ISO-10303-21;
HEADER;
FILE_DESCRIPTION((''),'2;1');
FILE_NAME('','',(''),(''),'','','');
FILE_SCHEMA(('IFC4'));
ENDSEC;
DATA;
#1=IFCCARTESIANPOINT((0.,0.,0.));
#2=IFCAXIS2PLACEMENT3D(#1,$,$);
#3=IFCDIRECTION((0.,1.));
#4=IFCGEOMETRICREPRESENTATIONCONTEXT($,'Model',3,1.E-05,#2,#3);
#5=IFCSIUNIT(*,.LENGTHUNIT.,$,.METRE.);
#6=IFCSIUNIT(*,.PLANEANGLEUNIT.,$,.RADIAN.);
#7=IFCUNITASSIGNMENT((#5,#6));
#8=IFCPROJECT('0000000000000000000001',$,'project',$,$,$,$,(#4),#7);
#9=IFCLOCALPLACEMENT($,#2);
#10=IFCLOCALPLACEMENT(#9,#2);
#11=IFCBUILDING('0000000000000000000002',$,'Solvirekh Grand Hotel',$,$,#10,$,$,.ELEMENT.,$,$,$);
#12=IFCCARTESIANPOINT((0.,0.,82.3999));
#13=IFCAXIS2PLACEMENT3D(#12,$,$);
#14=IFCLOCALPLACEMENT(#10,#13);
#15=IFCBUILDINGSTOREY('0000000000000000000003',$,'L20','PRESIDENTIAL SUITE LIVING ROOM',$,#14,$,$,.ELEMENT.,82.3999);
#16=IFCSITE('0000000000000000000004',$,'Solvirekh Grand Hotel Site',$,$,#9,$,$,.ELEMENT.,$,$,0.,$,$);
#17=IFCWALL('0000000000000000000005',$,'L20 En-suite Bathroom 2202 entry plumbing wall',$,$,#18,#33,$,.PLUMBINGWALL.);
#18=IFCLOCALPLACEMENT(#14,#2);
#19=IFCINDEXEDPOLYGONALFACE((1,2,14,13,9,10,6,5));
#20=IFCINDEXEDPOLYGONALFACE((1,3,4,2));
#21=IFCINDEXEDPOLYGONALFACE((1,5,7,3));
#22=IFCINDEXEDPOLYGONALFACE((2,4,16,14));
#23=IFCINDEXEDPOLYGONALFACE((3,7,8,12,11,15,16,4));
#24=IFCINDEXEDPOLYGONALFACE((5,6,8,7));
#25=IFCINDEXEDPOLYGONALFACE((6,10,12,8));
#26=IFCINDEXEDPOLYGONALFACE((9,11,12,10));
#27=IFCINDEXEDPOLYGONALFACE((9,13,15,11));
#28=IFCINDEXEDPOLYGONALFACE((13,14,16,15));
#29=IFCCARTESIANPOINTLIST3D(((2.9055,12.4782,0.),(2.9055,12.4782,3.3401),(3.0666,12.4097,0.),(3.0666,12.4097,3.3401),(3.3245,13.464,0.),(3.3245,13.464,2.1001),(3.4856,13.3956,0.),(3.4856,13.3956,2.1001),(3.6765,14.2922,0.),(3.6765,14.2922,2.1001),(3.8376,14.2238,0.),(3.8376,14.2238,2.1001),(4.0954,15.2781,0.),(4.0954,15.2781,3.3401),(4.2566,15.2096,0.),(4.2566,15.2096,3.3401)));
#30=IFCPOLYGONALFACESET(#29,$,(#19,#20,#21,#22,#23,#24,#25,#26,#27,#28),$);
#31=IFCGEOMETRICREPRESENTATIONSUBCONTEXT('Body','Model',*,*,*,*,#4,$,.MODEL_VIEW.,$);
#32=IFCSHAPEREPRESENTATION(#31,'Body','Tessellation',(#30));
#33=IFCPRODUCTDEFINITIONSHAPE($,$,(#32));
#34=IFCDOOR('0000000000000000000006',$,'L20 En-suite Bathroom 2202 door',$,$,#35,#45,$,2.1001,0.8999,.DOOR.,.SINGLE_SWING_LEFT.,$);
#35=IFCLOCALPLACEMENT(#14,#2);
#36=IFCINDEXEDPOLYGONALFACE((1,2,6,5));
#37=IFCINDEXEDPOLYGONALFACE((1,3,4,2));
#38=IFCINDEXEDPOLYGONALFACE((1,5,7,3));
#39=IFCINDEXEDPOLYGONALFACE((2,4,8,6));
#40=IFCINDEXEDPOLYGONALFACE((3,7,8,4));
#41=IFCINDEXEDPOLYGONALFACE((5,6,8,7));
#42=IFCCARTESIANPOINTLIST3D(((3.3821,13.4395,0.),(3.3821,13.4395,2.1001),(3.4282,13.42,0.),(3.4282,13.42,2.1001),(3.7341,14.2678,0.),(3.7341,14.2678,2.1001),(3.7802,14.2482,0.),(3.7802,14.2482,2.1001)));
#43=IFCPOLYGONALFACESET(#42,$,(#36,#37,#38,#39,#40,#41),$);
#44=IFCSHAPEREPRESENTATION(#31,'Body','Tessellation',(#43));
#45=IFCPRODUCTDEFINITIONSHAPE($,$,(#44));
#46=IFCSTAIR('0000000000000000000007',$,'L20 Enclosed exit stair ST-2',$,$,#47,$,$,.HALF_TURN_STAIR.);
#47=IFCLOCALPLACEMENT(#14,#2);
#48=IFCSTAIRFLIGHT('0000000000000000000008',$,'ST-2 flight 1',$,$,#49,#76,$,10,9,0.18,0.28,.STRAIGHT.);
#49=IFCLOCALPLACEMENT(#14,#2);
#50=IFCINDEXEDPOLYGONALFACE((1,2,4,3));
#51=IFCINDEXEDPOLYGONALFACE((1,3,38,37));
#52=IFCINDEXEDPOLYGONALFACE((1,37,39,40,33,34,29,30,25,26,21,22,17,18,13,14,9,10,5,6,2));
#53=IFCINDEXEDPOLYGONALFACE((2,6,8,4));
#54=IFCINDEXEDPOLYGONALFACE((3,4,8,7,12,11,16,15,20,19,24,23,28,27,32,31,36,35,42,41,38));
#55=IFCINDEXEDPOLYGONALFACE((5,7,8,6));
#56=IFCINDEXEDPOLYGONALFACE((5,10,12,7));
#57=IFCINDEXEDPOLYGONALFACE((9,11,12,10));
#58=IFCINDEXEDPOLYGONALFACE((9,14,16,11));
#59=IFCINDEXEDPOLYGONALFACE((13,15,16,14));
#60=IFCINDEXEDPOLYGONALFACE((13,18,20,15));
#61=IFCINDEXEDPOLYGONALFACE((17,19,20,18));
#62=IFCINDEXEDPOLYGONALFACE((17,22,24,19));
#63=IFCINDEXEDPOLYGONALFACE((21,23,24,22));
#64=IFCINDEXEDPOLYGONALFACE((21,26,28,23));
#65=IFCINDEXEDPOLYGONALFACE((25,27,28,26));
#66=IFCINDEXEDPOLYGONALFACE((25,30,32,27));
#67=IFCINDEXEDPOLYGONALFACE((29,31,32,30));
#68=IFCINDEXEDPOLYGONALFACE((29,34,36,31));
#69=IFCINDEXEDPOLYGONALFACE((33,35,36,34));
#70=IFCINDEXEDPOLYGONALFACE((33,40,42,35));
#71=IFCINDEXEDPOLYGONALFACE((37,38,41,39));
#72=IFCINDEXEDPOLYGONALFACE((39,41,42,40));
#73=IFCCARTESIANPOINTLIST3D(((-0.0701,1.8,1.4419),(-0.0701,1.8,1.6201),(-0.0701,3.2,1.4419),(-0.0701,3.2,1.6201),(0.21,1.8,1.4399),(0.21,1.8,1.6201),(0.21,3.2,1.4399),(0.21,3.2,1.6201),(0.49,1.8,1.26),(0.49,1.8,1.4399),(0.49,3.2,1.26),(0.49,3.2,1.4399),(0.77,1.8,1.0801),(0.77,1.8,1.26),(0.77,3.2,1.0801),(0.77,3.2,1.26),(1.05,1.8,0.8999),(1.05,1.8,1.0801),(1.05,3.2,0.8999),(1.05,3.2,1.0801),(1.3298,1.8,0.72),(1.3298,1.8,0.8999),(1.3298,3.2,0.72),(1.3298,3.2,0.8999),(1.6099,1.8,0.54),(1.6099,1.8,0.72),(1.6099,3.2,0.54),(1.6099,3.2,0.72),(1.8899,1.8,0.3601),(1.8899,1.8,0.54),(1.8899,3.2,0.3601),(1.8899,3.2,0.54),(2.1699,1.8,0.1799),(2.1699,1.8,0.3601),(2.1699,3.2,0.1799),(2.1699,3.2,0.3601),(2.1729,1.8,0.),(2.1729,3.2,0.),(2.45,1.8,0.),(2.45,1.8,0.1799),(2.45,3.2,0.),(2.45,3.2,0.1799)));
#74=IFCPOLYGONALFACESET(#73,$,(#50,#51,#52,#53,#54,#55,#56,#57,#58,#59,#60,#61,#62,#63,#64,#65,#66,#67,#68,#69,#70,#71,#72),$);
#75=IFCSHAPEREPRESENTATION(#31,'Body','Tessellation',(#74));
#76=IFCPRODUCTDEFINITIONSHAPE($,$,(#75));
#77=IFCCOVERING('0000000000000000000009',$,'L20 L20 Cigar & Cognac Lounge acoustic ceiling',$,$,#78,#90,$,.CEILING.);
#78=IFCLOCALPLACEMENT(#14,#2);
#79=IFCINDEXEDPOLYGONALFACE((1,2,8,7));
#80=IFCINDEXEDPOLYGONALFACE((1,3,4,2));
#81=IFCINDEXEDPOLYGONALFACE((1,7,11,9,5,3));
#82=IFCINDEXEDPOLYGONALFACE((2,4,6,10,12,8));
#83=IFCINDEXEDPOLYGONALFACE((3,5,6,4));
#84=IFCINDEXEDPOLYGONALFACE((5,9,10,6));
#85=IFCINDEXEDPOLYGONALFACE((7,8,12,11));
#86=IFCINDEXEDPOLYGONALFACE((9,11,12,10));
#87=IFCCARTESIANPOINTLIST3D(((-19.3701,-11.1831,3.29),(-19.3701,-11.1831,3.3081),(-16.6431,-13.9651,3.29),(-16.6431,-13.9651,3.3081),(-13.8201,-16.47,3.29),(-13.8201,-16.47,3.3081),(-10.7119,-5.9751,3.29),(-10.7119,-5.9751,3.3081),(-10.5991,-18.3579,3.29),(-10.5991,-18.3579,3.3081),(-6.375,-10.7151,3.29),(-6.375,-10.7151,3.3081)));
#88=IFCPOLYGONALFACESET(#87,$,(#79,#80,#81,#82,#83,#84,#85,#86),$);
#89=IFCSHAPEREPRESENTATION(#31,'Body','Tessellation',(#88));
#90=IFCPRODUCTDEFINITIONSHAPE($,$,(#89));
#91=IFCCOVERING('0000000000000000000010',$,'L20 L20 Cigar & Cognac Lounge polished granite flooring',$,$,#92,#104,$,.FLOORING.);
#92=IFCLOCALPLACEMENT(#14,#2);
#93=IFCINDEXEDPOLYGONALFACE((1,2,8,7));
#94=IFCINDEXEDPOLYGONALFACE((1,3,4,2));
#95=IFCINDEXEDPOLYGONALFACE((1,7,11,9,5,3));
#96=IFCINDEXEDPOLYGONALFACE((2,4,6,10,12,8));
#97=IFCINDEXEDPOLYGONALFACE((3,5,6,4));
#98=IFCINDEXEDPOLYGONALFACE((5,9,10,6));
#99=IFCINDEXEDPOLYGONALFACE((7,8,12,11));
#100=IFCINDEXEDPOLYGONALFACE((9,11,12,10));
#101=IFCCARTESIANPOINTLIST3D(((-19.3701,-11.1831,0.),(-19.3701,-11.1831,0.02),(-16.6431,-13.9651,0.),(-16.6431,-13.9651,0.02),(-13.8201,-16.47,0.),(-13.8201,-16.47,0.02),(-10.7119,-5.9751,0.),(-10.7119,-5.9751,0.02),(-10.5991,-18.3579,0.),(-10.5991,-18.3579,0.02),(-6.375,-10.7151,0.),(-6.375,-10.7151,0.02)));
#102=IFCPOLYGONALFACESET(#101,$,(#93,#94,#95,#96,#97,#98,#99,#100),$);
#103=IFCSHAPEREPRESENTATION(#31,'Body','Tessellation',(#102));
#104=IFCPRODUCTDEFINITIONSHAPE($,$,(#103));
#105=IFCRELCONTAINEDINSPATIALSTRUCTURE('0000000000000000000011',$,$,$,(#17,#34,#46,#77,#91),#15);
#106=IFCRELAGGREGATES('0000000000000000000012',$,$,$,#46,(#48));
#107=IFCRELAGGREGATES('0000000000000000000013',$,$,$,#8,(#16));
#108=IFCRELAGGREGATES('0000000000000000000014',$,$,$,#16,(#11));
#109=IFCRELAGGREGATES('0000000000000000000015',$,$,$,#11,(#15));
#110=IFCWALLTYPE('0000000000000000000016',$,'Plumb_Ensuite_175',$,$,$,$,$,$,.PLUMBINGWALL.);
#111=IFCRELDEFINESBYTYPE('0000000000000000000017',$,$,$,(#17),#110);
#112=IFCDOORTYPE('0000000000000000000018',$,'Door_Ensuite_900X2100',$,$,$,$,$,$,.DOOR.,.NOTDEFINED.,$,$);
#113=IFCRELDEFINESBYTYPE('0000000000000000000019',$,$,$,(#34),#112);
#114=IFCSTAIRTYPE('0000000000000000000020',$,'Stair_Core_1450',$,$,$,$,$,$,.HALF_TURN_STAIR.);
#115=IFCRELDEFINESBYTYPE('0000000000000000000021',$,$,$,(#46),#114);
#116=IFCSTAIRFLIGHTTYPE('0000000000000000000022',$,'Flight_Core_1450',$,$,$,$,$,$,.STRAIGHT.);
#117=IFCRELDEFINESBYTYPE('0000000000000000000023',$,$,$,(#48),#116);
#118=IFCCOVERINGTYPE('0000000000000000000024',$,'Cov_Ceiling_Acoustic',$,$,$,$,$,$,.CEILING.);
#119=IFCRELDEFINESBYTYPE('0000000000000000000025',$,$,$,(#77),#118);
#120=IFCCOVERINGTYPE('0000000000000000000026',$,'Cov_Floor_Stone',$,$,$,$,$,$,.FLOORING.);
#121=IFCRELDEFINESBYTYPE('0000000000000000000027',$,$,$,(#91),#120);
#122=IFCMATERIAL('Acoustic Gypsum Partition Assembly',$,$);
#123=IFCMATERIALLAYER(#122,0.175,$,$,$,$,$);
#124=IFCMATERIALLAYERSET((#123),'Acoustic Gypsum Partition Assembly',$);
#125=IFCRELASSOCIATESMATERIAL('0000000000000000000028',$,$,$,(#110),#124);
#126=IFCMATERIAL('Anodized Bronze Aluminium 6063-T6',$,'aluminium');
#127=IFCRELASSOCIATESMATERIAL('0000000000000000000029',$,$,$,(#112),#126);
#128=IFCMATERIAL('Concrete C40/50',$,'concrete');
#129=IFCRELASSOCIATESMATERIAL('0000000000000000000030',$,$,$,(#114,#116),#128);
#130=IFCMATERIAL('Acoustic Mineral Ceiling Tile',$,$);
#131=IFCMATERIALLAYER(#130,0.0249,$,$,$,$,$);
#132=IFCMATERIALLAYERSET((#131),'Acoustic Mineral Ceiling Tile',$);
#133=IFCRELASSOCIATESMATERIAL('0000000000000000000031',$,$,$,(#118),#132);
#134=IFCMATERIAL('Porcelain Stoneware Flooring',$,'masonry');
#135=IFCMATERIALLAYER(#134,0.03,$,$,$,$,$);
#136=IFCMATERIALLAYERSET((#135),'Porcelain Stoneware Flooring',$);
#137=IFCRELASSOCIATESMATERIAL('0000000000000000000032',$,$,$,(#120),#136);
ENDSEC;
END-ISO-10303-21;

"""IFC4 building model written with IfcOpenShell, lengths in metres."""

from ifc_helpers import new_model, si_unit, direction, frame, frame_2d, origin, place, context, subcontext, project, spatial, polyline, rectangle, outline, extrude, material, layer, layer_set, type_object, element, fill, aggregate, save


model = new_model("IFC4")

# Units and contexts
model_context = context("Model", 3, precision=1e-05, world=origin(), true_north=direction((0.0, 1.0)))
body_context = subcontext(model_context, "Body", "Model", "MODEL_VIEW")
ifc_project = project(units=[si_unit("LENGTHUNIT", "METRE"), si_unit("PLANEANGLEUNIT", "RADIAN")], contexts=[model_context])

# Site, building, storey
site_placement = place(None, origin())
site = spatial("IfcSite", under=ifc_project, at=site_placement, Name="Solvirekh Grand Hotel Site", CompositionType="ELEMENT", RefElevation=0.0)
building_placement = place(site_placement, origin())
building = spatial("IfcBuilding", under=site, at=building_placement, Name="Solvirekh Grand Hotel", CompositionType="ELEMENT")
storey_placement = place(building_placement, frame((0.0, 0.0, 82.3999)))
storey = spatial("IfcBuildingStorey", under=building, at=storey_placement, Name="L20", Description="PRESIDENTIAL SUITE LIVING ROOM", CompositionType="ELEMENT", Elevation=82.3999)

# Shared definitions
ifc_material_1 = material(Name="Concrete C40/50", Category="concrete")

# Shared definitions
ifc_material_2 = material(Name="Acoustic Gypsum Partition Assembly")

# Shared definitions
ifc_layer_1 = layer(ifc_material_2, 0.175)
ifc_layer_set_1 = layer_set([ifc_layer_1], Name="Acoustic Gypsum Partition Assembly")
wall_type_1 = type_object("IfcWallType", Name="Plumb_Ensuite_175", PredefinedType="PLUMBINGWALL", material=ifc_layer_set_1)

# Wall, opening, door
wall_1_placement = place(storey_placement, frame((2.9861, 12.4441, 0.0), z_axis=(0.0, 0.0, 1.0), x_axis=(0.391147, 0.920328, 0.0)))
wall_1 = element("IfcWall", 1, at=wall_1_placement, inside=storey, type_object=wall_type_1, Name="L20 En-suite Bathroom 2202 entry plumbing wall", PredefinedType="PLUMBINGWALL", context=body_context, shape_type="SweptSolid", body=[
    extrude(rectangle(XDim=3.0422, YDim=0.175, at=frame_2d((1.521, 0.0))), origin(), (0.0, 0.0, 1.0), 3.3401),
])
opening_1_placement = place(wall_1_placement, frame((1.071, 0.0, 0.0)))
opening_1 = element("IfcOpeningElement", 2, at=opening_1_placement, cuts=wall_1, PredefinedType="OPENING", context=body_context, shape_type="SweptSolid", body=[
    extrude(rectangle(XDim=0.8999, YDim=2.1001, at=frame_2d((0.45, 1.05))), frame((0.0, 0.0977, 0.0), z_axis=(0.0, -1.0, 0.0), x_axis=(1.0, 0.0, 0.0)), (0.0, 0.0, 1.0), 0.1951),
])
ifc_material_3 = material(Name="Anodized Bronze Aluminium 6063-T6", Category="aluminium")
door_type_1 = type_object("IfcDoorType", Name="Door_Ensuite_900X2100", OperationType="NOTDEFINED", PredefinedType="DOOR", material=ifc_material_3)
door_1_placement = place(opening_1_placement, origin())
door_1 = element("IfcDoor", 3, at=door_1_placement, inside=storey, type_object=door_type_1, Name="L20 En-suite Bathroom 2202 door", OperationType="SINGLE_SWING_LEFT", OverallHeight=2.1001, OverallWidth=0.8999, PredefinedType="DOOR", context=body_context, shape_type="SweptSolid", body=[
    extrude(rectangle(XDim=0.8999, YDim=2.1001, at=frame_2d((0.45, 1.05))), frame((0.0, 0.0249, 0.0), z_axis=(0.0, -1.0, 0.0), x_axis=(1.0, 0.0, 0.0)), (0.0, 0.0, 1.0), 0.05),
])
fill(opening_1, door_1)

# Stair, stair flight
stair_type = type_object("IfcStairType", Name="Stair_Core_1450", PredefinedType="HALF_TURN_STAIR", material=ifc_material_1)
stair_placement = place(storey_placement, origin())
stair = element("IfcStair", 4, at=stair_placement, inside=storey, type_object=stair_type, Name="L20 Enclosed exit stair ST-2", PredefinedType="HALF_TURN_STAIR")
stair_flight_type = type_object("IfcStairFlightType", Name="Flight_Core_1450", PredefinedType="STRAIGHT", material=ifc_material_1)
stair_flight_placement = place(storey_placement, frame((2.45, 2.5, 0.0), z_axis=(0.0, 0.0, 1.0), x_axis=(-1.0, 0.0, 0.0)))
stair_flight = element("IfcStairFlight", 5, at=stair_flight_placement, type_object=stair_flight_type, Name="ST-2 flight 1", NumberOfRisers=10, NumberOfTreads=9, PredefinedType="STRAIGHT", RiserHeight=0.18, TreadLength=0.28, context=body_context, shape_type="SweptSolid", body=[
    extrude(outline(polyline([(0.0, 0.0), (0.0, 0.1799), (0.28, 0.1799), (0.28, 0.3601), (0.5601, 0.3601), (0.5601, 0.54), (0.8401, 0.54), (0.8401, 0.72), (1.1201, 0.72), (1.1201, 0.8999), (1.3999, 0.8999), (1.3999, 1.0801), (1.6799, 1.0801), (1.6799, 1.26), (1.96, 1.26), (1.96, 1.4399), (2.24, 1.4399), (2.24, 1.6201), (2.52, 1.6201), (2.52, 1.8), (2.52, 1.4419), (0.2771, 0.0), (0.0, 0.0)])), frame((0.0, 0.7, 0.0), z_axis=(0.0, -1.0, 0.0), x_axis=(1.0, 0.0, 0.0)), (0.0, 0.0, 1.0), 1.3999),
])
aggregate(stair, [stair_flight])

# Coverings
ifc_material_4 = material(Name="Acoustic Mineral Ceiling Tile")
ifc_layer_2 = layer(ifc_material_4, 0.0249)
ifc_layer_set_2 = layer_set([ifc_layer_2], Name="Acoustic Mineral Ceiling Tile")
covering_type_1 = type_object("IfcCoveringType", Name="Cov_Ceiling_Acoustic", PredefinedType="CEILING", material=ifc_layer_set_2)
covering_1_placement = place(storey_placement, frame((0.0, 0.0, 3.29)))
element("IfcCovering", 6, at=covering_1_placement, inside=storey, type_object=covering_type_1, Name="L20 L20 Cigar & Cognac Lounge acoustic ceiling", PredefinedType="CEILING", context=body_context, shape_type="SweptSolid", body=[
    extrude(outline(polyline([(-19.3701, -11.1831), (-16.6431, -13.9651), (-13.8201, -16.47), (-10.5991, -18.3579), (-6.375, -10.7151), (-10.7119, -5.9751), (-19.3701, -11.1831)])), origin(), (0.0, 0.0, 1.0), 0.0181),
])
ifc_material_5 = material(Name="Porcelain Stoneware Flooring", Category="masonry")
ifc_layer_3 = layer(ifc_material_5, 0.03)
ifc_layer_set_3 = layer_set([ifc_layer_3], Name="Porcelain Stoneware Flooring")
covering_type_2 = type_object("IfcCoveringType", Name="Cov_Floor_Stone", PredefinedType="FLOORING", material=ifc_layer_set_3)
covering_2_placement = place(storey_placement, origin())
element("IfcCovering", 7, at=covering_2_placement, inside=storey, type_object=covering_type_2, Name="L20 L20 Cigar & Cognac Lounge polished granite flooring", PredefinedType="FLOORING", context=body_context, shape_type="SweptSolid", body=[
    extrude(outline(polyline([(-19.3701, -11.1831), (-16.6431, -13.9651), (-13.8201, -16.47), (-10.5991, -18.3579), (-6.375, -10.7151), (-10.7119, -5.9751), (-19.3701, -11.1831)])), origin(), (0.0, 0.0, 1.0), 0.02),
])

save(model, "model.ifc")
